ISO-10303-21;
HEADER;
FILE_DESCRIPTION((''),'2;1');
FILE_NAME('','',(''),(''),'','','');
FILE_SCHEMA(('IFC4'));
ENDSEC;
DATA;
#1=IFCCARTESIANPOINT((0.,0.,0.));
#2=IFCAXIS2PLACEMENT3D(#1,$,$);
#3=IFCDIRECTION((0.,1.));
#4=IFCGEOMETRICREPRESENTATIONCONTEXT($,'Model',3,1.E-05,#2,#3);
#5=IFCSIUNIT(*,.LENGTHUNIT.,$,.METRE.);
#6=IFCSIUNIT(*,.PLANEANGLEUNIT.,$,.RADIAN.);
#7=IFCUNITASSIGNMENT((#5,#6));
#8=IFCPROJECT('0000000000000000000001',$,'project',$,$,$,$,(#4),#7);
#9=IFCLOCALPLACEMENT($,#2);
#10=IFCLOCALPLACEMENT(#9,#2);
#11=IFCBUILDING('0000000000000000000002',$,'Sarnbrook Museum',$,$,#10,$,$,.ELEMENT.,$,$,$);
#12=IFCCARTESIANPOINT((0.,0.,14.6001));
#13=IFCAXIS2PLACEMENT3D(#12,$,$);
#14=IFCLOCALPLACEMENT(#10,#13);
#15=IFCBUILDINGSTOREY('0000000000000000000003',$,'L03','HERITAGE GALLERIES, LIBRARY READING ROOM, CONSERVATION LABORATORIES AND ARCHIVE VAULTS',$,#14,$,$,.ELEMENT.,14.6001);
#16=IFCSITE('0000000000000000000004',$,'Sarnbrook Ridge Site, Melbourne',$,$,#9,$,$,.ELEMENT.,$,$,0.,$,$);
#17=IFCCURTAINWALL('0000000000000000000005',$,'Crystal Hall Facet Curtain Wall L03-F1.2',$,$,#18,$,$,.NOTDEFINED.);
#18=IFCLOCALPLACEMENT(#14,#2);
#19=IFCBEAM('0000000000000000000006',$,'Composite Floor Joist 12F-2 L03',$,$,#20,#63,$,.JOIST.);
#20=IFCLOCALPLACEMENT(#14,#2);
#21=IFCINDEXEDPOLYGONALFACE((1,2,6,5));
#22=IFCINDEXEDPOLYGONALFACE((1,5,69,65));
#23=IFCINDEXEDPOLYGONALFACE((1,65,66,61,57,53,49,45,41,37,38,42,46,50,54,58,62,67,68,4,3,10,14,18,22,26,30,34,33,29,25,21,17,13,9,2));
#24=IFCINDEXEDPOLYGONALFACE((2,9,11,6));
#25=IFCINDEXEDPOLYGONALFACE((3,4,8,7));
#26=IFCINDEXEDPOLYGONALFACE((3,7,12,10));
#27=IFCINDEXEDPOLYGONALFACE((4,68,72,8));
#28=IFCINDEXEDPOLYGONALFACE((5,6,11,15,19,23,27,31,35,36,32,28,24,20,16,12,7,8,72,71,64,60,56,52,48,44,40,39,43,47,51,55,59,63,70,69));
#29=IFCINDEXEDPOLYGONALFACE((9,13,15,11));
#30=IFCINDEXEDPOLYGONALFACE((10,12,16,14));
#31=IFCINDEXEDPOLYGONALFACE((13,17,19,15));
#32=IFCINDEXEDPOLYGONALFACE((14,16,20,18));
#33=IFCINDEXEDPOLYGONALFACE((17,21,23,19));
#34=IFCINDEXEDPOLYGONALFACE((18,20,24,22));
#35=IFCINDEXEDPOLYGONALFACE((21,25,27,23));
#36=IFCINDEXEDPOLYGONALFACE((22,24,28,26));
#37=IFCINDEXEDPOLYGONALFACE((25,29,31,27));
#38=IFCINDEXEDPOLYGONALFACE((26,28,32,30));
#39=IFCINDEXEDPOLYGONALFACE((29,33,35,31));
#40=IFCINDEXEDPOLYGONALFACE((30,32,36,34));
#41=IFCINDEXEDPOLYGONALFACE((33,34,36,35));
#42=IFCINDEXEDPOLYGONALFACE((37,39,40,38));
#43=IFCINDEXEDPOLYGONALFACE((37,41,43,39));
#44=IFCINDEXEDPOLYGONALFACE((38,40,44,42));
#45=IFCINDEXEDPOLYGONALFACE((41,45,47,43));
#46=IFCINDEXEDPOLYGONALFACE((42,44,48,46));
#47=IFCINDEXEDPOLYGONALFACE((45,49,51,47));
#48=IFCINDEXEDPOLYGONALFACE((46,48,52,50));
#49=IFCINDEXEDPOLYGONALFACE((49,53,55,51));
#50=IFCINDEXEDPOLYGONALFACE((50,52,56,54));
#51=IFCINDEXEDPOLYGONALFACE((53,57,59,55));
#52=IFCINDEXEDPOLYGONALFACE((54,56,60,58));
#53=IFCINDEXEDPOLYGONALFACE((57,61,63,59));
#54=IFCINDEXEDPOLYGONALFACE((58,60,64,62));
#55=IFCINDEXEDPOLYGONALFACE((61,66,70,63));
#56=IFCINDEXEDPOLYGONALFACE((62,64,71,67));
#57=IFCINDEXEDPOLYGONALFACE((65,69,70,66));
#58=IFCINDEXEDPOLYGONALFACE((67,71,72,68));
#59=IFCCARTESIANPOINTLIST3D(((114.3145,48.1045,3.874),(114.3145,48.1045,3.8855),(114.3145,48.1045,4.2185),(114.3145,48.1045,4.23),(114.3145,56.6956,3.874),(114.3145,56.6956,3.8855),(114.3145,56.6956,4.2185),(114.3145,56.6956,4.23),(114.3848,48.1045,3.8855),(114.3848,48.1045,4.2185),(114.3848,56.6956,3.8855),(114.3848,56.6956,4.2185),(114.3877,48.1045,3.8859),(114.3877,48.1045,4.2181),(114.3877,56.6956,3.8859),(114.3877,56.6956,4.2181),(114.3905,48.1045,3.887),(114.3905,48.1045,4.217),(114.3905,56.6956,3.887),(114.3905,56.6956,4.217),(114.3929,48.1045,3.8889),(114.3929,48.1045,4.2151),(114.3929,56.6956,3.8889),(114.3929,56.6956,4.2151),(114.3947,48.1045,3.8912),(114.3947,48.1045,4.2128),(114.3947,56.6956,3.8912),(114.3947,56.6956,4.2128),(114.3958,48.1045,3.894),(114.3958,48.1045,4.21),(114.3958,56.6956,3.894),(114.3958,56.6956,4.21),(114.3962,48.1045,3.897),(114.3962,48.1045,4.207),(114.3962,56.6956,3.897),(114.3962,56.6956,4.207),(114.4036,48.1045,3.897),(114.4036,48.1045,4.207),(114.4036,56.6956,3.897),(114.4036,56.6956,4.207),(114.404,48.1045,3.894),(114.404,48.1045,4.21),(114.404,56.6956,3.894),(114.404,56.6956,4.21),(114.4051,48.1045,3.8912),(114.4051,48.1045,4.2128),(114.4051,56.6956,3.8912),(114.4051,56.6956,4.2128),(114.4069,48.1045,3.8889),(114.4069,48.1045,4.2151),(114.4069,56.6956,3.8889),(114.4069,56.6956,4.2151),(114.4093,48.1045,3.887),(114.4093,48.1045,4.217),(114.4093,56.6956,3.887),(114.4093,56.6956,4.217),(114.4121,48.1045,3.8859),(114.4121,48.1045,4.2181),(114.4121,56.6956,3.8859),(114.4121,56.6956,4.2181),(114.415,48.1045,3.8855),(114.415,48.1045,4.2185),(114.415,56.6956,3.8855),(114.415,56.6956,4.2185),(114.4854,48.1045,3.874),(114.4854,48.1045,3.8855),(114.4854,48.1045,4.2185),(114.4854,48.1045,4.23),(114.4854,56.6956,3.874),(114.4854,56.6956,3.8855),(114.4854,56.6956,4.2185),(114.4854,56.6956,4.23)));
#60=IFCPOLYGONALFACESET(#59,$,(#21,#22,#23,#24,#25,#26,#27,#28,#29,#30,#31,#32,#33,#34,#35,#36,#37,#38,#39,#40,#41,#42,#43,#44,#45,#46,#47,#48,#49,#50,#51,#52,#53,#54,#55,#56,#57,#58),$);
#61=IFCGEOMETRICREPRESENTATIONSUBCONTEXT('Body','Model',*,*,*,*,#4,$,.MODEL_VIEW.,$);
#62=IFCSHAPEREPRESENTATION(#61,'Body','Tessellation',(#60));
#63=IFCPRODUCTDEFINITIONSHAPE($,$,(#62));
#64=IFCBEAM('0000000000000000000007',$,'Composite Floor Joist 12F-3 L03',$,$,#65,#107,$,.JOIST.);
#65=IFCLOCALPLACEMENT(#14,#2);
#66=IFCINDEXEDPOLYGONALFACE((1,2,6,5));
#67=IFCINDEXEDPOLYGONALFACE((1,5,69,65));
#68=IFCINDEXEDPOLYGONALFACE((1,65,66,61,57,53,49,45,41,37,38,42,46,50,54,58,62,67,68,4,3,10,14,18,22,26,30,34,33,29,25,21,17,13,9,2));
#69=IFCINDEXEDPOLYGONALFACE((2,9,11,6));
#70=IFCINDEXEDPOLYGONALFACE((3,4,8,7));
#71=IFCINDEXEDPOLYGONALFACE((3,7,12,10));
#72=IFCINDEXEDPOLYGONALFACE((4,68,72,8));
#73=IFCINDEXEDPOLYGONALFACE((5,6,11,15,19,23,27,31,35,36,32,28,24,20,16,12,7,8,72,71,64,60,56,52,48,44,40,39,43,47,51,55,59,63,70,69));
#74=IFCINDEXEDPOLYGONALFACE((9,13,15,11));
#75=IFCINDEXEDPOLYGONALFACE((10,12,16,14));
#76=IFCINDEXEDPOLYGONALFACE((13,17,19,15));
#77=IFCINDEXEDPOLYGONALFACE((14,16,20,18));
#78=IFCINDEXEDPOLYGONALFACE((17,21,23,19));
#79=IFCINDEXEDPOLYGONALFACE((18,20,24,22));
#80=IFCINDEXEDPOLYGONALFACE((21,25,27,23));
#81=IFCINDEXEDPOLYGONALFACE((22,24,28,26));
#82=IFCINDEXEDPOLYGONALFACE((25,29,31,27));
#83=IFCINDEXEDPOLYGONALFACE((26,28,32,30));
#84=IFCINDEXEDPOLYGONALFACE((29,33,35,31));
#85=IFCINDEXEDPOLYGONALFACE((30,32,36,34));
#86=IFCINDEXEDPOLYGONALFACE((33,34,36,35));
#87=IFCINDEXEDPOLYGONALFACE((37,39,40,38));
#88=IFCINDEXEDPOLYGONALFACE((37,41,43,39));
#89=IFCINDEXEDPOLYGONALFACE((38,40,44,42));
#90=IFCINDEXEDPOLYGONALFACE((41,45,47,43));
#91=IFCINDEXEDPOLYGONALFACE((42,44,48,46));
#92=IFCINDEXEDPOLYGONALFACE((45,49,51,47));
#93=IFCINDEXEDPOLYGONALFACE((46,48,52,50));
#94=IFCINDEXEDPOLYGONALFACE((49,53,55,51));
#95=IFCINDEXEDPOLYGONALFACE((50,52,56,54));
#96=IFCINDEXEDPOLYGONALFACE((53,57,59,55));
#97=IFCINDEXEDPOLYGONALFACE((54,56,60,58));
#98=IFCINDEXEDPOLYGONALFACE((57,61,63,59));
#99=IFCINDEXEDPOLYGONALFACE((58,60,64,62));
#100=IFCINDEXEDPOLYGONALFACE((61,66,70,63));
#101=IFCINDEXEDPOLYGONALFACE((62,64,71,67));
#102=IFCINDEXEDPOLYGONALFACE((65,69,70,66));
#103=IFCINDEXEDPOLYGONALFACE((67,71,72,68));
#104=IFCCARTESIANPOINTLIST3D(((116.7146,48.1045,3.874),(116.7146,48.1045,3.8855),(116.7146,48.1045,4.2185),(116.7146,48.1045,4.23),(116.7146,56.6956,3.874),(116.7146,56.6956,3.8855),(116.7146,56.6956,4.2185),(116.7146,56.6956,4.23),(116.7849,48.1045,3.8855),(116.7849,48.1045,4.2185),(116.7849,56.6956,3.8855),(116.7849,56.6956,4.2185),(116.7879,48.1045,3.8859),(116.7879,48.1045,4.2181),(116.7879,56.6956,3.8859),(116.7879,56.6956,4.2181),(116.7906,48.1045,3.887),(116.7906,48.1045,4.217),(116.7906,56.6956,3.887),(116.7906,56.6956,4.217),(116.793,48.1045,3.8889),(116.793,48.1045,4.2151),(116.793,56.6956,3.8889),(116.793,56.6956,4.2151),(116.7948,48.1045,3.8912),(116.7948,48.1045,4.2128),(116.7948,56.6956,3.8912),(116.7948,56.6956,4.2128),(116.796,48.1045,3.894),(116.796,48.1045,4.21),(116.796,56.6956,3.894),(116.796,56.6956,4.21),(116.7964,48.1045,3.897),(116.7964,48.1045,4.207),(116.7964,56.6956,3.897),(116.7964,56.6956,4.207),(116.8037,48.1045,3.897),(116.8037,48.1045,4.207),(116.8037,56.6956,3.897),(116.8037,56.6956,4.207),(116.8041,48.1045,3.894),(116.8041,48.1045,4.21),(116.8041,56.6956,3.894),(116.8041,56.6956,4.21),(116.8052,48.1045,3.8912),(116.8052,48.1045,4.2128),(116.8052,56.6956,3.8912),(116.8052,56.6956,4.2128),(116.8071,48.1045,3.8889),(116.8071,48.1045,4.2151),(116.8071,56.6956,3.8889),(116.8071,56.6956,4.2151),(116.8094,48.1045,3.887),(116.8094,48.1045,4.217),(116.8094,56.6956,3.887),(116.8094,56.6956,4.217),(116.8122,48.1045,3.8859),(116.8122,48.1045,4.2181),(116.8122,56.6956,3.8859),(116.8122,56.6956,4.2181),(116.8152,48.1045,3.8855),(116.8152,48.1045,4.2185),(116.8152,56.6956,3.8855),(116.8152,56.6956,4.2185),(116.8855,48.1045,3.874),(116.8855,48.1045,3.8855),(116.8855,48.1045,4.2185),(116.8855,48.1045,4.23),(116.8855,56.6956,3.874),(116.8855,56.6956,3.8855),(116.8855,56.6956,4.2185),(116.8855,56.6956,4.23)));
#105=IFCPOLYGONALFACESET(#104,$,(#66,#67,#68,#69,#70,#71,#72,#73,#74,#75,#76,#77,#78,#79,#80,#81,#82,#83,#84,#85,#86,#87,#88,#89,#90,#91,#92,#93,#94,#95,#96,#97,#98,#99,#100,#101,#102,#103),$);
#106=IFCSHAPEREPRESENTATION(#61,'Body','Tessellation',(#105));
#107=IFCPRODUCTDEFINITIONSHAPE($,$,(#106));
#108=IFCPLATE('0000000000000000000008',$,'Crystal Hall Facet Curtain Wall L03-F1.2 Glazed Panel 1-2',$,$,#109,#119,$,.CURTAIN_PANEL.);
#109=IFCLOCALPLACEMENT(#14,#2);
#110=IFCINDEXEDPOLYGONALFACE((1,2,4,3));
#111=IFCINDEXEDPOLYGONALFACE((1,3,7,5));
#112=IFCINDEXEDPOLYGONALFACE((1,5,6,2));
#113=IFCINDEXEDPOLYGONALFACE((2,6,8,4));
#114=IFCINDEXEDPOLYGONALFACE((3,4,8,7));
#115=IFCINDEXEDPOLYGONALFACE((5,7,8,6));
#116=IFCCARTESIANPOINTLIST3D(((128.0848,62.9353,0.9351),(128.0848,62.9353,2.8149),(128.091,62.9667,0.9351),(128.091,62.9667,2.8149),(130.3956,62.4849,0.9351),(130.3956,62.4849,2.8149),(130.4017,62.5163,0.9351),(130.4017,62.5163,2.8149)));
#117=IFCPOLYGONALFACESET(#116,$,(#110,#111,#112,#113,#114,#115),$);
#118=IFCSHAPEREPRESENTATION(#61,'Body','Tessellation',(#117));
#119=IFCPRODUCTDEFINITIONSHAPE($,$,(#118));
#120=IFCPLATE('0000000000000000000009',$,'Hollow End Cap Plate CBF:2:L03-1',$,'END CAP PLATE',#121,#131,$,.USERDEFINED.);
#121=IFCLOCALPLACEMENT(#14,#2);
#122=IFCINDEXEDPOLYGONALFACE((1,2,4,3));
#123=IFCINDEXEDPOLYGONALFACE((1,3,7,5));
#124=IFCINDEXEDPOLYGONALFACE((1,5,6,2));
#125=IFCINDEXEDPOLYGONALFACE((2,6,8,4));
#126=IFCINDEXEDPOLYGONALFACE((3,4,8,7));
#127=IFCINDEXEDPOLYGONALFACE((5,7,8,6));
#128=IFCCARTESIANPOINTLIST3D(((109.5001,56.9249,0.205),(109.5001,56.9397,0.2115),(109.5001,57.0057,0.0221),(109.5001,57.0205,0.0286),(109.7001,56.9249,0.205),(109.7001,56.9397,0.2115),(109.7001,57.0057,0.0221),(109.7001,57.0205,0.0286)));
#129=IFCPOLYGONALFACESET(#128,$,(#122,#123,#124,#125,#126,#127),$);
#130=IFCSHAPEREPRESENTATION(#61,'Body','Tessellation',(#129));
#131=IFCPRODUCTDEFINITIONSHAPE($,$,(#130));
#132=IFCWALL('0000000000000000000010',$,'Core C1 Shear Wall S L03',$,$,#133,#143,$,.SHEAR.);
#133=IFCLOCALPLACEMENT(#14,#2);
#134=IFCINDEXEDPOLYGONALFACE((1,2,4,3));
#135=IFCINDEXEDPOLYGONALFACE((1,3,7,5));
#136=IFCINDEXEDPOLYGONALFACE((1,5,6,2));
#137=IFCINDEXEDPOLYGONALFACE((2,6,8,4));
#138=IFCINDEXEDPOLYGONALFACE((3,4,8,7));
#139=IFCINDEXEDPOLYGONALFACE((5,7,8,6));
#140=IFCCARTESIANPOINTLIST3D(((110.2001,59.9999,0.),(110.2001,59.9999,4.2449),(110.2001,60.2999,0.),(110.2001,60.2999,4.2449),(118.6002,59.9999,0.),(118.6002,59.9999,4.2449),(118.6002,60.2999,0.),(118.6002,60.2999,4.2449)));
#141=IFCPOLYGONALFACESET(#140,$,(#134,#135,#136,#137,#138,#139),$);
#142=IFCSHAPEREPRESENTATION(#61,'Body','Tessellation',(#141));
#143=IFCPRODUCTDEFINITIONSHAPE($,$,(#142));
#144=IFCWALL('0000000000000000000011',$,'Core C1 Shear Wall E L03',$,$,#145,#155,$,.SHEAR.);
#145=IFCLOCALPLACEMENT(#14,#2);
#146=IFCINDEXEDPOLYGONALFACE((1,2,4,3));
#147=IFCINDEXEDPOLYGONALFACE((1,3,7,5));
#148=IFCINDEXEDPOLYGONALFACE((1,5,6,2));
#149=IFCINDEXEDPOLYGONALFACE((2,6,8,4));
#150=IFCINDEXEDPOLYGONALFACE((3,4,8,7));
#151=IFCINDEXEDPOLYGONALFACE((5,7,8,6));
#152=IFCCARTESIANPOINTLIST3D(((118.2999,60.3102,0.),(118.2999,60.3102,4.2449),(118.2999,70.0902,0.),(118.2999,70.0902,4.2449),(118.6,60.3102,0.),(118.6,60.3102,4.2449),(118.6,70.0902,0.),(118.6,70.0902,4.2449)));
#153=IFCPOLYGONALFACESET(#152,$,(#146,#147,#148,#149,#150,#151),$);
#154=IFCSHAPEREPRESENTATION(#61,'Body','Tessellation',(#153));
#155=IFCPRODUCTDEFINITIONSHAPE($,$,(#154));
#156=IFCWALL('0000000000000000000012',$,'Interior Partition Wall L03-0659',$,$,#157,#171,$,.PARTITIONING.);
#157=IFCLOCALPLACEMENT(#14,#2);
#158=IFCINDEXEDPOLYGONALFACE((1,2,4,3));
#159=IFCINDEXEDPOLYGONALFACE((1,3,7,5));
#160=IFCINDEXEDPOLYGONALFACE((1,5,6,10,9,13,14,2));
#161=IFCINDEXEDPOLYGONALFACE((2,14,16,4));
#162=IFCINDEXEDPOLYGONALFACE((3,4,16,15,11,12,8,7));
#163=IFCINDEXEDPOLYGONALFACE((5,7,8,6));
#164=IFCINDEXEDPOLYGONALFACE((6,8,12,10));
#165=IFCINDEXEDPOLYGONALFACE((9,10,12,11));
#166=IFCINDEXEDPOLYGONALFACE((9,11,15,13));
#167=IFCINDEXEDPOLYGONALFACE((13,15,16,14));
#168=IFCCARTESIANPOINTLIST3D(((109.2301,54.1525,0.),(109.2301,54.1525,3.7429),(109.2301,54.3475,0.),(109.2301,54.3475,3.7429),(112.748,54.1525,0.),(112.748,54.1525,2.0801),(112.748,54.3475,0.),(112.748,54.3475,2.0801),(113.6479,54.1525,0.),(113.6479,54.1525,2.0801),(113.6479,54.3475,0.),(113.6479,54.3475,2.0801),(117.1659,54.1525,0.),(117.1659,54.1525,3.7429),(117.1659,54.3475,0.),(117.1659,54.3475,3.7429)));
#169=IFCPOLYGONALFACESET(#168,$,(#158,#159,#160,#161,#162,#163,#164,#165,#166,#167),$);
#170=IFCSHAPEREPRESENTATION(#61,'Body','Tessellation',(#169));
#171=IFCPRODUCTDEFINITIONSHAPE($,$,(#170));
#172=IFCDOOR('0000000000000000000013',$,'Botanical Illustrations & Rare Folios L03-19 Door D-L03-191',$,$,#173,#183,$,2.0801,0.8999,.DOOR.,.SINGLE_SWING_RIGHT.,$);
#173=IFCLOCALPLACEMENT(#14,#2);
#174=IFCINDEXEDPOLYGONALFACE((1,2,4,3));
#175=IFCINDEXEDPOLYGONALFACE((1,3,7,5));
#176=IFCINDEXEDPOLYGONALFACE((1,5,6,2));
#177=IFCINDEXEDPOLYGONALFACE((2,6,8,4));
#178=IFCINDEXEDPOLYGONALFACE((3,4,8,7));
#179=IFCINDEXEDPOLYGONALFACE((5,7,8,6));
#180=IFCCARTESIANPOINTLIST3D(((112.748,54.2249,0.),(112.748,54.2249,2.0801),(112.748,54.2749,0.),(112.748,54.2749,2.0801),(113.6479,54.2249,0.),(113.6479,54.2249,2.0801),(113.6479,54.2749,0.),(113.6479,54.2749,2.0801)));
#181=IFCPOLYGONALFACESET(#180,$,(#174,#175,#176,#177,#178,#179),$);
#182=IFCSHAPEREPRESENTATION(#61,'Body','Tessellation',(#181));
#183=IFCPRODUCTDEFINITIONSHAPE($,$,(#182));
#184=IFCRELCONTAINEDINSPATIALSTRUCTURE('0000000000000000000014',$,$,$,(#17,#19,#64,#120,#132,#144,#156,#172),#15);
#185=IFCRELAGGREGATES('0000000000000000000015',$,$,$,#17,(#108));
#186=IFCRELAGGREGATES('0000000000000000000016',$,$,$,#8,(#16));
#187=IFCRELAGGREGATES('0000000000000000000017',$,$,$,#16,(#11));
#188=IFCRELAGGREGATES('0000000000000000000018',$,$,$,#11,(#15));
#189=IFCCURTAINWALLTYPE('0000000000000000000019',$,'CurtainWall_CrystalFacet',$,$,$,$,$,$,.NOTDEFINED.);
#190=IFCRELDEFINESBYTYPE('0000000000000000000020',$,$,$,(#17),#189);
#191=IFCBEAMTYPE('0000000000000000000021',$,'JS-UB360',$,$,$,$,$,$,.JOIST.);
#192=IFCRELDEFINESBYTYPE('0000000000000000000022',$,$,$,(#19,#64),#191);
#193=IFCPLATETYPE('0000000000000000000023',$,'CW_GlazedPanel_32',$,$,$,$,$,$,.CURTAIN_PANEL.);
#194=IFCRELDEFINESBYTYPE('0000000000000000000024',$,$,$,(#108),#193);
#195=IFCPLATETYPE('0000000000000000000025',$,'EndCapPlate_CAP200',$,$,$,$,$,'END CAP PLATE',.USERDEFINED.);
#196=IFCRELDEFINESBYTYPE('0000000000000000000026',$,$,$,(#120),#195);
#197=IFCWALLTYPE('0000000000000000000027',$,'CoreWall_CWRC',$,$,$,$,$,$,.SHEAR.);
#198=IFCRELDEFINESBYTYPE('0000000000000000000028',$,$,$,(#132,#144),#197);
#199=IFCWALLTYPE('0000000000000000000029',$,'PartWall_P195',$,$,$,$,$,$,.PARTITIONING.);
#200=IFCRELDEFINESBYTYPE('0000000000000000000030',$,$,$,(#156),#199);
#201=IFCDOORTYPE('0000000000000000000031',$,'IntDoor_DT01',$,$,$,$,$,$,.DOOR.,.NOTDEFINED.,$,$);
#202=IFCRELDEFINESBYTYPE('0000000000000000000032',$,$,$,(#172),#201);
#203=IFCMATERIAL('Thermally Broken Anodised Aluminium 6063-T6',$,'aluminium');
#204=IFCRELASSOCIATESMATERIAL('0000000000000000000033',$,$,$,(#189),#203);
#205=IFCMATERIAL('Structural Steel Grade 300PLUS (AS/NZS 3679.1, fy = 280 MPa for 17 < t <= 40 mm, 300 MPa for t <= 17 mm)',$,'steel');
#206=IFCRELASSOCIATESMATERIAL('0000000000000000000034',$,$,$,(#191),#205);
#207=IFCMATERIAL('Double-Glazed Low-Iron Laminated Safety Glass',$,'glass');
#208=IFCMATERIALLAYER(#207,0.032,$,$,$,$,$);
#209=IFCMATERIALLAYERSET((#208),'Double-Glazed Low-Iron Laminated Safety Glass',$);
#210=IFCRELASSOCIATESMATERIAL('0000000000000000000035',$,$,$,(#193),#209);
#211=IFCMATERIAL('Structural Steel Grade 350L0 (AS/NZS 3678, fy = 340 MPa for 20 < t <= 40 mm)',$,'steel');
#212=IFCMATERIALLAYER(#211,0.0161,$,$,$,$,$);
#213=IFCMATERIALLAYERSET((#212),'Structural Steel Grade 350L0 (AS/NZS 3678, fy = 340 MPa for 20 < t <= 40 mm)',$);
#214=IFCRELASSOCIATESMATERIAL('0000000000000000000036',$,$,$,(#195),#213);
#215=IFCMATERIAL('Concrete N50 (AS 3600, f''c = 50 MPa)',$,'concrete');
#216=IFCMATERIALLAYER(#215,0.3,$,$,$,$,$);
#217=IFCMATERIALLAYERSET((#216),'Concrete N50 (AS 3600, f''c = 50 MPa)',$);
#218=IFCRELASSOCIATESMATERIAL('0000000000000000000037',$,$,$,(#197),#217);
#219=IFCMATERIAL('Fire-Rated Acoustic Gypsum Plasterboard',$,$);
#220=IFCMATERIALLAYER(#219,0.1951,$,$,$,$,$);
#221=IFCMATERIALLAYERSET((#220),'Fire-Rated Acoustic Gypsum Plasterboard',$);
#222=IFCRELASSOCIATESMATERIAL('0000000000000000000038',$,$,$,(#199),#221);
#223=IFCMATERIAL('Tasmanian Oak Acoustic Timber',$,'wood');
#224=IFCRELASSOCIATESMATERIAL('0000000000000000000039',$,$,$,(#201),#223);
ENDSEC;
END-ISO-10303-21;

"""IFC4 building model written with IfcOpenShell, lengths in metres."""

from ifc_helpers import new_model, si_unit, direction, frame, frame_2d, origin, origin_2d, place, context, subcontext, project, spatial, rectangle, i_section, extrude, material, layer, layer_set, material_profile, profile_set, type_object, element, fill, aggregate, save


model = new_model("IFC4")

# Units and contexts
model_context = context("Model", 3, precision=1e-05, world=origin(), true_north=direction((0.0, 1.0)))
body_context = subcontext(model_context, "Body", "Model", "MODEL_VIEW")
ifc_project = project(units=[si_unit("LENGTHUNIT", "METRE"), si_unit("PLANEANGLEUNIT", "RADIAN")], contexts=[model_context])

# Site, building, storey
site_placement = place(None, origin())
site = spatial("IfcSite", under=ifc_project, at=site_placement, Name="Sarnbrook Ridge Site, Melbourne", CompositionType="ELEMENT", RefElevation=0.0)
building_placement = place(site_placement, origin())
building = spatial("IfcBuilding", under=site, at=building_placement, Name="Sarnbrook Museum", CompositionType="ELEMENT")
storey_placement = place(building_placement, frame((0.0, 0.0, 14.6001)))
storey = spatial("IfcBuildingStorey", under=building, at=storey_placement, Name="L03", Description="HERITAGE GALLERIES, LIBRARY READING ROOM, CONSERVATION LABORATORIES AND ARCHIVE VAULTS", CompositionType="ELEMENT", Elevation=14.6001)

# Shared definitions
ifc_material_1 = material(Name="Structural Steel Grade 300PLUS (AS/NZS 3679.1, fy = 280 MPa for 17 < t <= 40 mm, 300 MPa for t <= 17 mm)", Category="steel")

# Curtain wall
ifc_material_2 = material(Name="Thermally Broken Anodised Aluminium 6063-T6", Category="aluminium")
curtain_wall_type = type_object("IfcCurtainWallType", Name="CurtainWall_CrystalFacet", PredefinedType="NOTDEFINED", material=ifc_material_2)
curtain_wall_placement = place(storey_placement, origin())
curtain_wall = element("IfcCurtainWall", 1, at=curtain_wall_placement, inside=storey, type_object=curtain_wall_type, Name="Crystal Hall Facet Curtain Wall L03-F1.2", PredefinedType="NOTDEFINED")

# Beams
ifc_material_profile_1 = material_profile(ifc_material_1, i_section(OverallWidth=0.1709, OverallDepth=0.356, WebThickness=0.0073, FlangeThickness=0.0115, FilletRadius=0.0115, at=origin_2d()), Name="360UB50.7")
ifc_profile_set_1 = profile_set([ifc_material_profile_1], Name="Structural Steel Grade 300PLUS (AS/NZS 3679.1, fy = 280 MPa for 17 < t <= 40 mm, 300 MPa for t <= 17 mm)")
beam_type_1 = type_object("IfcBeamType", Name="JS-UB360", PredefinedType="JOIST", material=ifc_profile_set_1)
for number, where, z_axis, x_axis, name in (
    (2, (114.3999, 48.1045, 4.052), (0.0, 1.0, 0.0), (-1.0, 0.0, 0.0), "Composite Floor Joist 12F-2 L03"),
    (3, (116.8, 48.1045, 4.052), (0.0, 1.0, 0.0), (-1.0, 0.0, 0.0), "Composite Floor Joist 12F-3 L03"),
):
    element("IfcBeam", number, at=place(storey_placement, frame(where, z_axis=z_axis, x_axis=x_axis)), inside=storey, type_object=beam_type_1, Name=name, PredefinedType="JOIST", context=body_context, shape_type="SweptSolid", body=[
        extrude(i_section(OverallWidth=0.1709, OverallDepth=0.356, WebThickness=0.0073, FlangeThickness=0.0115, FilletRadius=0.0115, at=origin_2d()), origin(), (0.0, 0.0, 1.0), 8.5911),
    ])

# Plates
ifc_material_3 = material(Name="Double-Glazed Low-Iron Laminated Safety Glass", Category="glass")
ifc_layer_1 = layer(ifc_material_3, 0.032)
ifc_layer_set_1 = layer_set([ifc_layer_1], Name="Double-Glazed Low-Iron Laminated Safety Glass")
plate_type_1 = type_object("IfcPlateType", Name="CW_GlazedPanel_32", PredefinedType="CURTAIN_PANEL", material=ifc_layer_set_1)
plate_1_placement = place(storey_placement, frame((129.2463, 62.7415, 1.875), z_axis=(-0.191314, -0.981529, 0.0), x_axis=(0.981529, -0.191314, 0.0)))
plate_1 = element("IfcPlate", 4, at=plate_1_placement, type_object=plate_type_1, Name="Crystal Hall Facet Curtain Wall L03-F1.2 Glazed Panel 1-2", PredefinedType="CURTAIN_PANEL", context=body_context, shape_type="SweptSolid", body=[
    extrude(rectangle(XDim=2.3542, YDim=1.8799, at=origin_2d()), origin(), (0.0, 0.0, 1.0), 0.032),
])
aggregate(curtain_wall, [plate_1])
ifc_material_4 = material(Name="Structural Steel Grade 350L0 (AS/NZS 3678, fy = 340 MPa for 20 < t <= 40 mm)", Category="steel")
ifc_layer_2 = layer(ifc_material_4, 0.0161)
ifc_layer_set_2 = layer_set([ifc_layer_2], Name="Structural Steel Grade 350L0 (AS/NZS 3678, fy = 340 MPa for 20 < t <= 40 mm)")
plate_type_2 = type_object("IfcPlateType", Name="EndCapPlate_CAP200", ElementType="END CAP PLATE", PredefinedType="USERDEFINED", material=ifc_layer_set_2)
plate_2_placement = place(storey_placement, frame((109.6001, 56.9653, 0.1135), z_axis=(0.0, 0.914659, 0.404227), x_axis=(-1.0, 0.0, 0.0)))
element("IfcPlate", 5, at=plate_2_placement, inside=storey, type_object=plate_type_2, Name="Hollow End Cap Plate CBF:2:L03-1", ObjectType="END CAP PLATE", PredefinedType="USERDEFINED", context=body_context, shape_type="SweptSolid", body=[
    extrude(rectangle(XDim=0.2, YDim=0.2, at=origin_2d()), origin(), (0.0, 0.0, 1.0), 0.0161),
])

# Walls
ifc_material_5 = material(Name="Concrete N50 (AS 3600, f'c = 50 MPa)", Category="concrete")
ifc_layer_3 = layer(ifc_material_5, 0.3)
ifc_layer_set_3 = layer_set([ifc_layer_3], Name="Concrete N50 (AS 3600, f'c = 50 MPa)")
wall_type_1 = type_object("IfcWallType", Name="CoreWall_CWRC", PredefinedType="SHEAR", material=ifc_layer_set_3)
wall_1_placement = place(storey_placement, frame((110.2, 60.1499, 0.0), z_axis=(0.0, 0.0, 1.0), x_axis=(1.0, 0.0, 0.0)))
element("IfcWall", 6, at=wall_1_placement, inside=storey, type_object=wall_type_1, Name="Core C1 Shear Wall S L03", PredefinedType="SHEAR", context=body_context, shape_type="SweptSolid", body=[
    extrude(rectangle(XDim=8.4001, YDim=0.3, at=frame_2d((4.2002, 0.0))), origin(), (0.0, 0.0, 1.0), 4.2449),
])
wall_2_placement = place(storey_placement, frame((118.45, 60.3101, 0.0), z_axis=(0.0, 0.0, 1.0), x_axis=(0.0, 1.0, 0.0)))
element("IfcWall", 7, at=wall_2_placement, inside=storey, type_object=wall_type_1, Name="Core C1 Shear Wall E L03", PredefinedType="SHEAR", context=body_context, shape_type="SweptSolid", body=[
    extrude(rectangle(XDim=9.78, YDim=0.3, at=frame_2d((4.8901, 0.0))), origin(), (0.0, 0.0, 1.0), 4.2449),
])

# Wall, opening, door
ifc_material_6 = material(Name="Fire-Rated Acoustic Gypsum Plasterboard")
ifc_layer_4 = layer(ifc_material_6, 0.1951)
ifc_layer_set_4 = layer_set([ifc_layer_4], Name="Fire-Rated Acoustic Gypsum Plasterboard")
wall_type_2 = type_object("IfcWallType", Name="PartWall_P195", PredefinedType="PARTITIONING", material=ifc_layer_set_4)
wall_3_placement = place(storey_placement, frame((117.1658, 54.25, 0.0), z_axis=(0.0, 0.0, 1.0), x_axis=(-1.0, 0.0, 0.0)))
wall_3 = element("IfcWall", 8, at=wall_3_placement, inside=storey, type_object=wall_type_2, Name="Interior Partition Wall L03-0659", PredefinedType="PARTITIONING", context=body_context, shape_type="SweptSolid", body=[
    extrude(rectangle(XDim=7.9358, YDim=0.1951, at=frame_2d((3.9678, 0.0))), origin(), (0.0, 0.0, 1.0), 3.7429),
])
opening_1_placement = place(wall_3_placement, frame((3.5178, 0.0, 0.0)))
opening_1 = element("IfcOpeningElement", 9, at=opening_1_placement, cuts=wall_3, PredefinedType="OPENING", context=body_context, shape_type="SweptSolid", body=[
    extrude(rectangle(XDim=0.8999, YDim=2.0801, at=frame_2d((0.45, 1.04))), frame((0.0, 0.1074, 0.0), z_axis=(0.0, -1.0, 0.0), x_axis=(1.0, 0.0, 0.0)), (0.0, 0.0, 1.0), 0.2151),
])
ifc_material_7 = material(Name="Tasmanian Oak Acoustic Timber", Category="wood")
door_type_1 = type_object("IfcDoorType", Name="IntDoor_DT01", OperationType="NOTDEFINED", PredefinedType="DOOR", material=ifc_material_7)
door_1_placement = place(opening_1_placement, frame((0.8999, 0.0, 0.0), z_axis=(0.0, 0.0, 1.0), x_axis=(-1.0, 0.0, 0.0)))
door_1 = element("IfcDoor", 10, at=door_1_placement, inside=storey, type_object=door_type_1, Name="Botanical Illustrations & Rare Folios L03-19 Door D-L03-191", OperationType="SINGLE_SWING_RIGHT", OverallHeight=2.0801, OverallWidth=0.8999, PredefinedType="DOOR", context=body_context, shape_type="SweptSolid", body=[
    extrude(rectangle(XDim=0.8999, YDim=2.0801, at=frame_2d((0.45, 1.04))), frame((0.0, 0.0249, 0.0), z_axis=(0.0, -1.0, 0.0), x_axis=(1.0, 0.0, 0.0)), (0.0, 0.0, 1.0), 0.05),
])
fill(opening_1, door_1)

save(model, "model.ifc")
